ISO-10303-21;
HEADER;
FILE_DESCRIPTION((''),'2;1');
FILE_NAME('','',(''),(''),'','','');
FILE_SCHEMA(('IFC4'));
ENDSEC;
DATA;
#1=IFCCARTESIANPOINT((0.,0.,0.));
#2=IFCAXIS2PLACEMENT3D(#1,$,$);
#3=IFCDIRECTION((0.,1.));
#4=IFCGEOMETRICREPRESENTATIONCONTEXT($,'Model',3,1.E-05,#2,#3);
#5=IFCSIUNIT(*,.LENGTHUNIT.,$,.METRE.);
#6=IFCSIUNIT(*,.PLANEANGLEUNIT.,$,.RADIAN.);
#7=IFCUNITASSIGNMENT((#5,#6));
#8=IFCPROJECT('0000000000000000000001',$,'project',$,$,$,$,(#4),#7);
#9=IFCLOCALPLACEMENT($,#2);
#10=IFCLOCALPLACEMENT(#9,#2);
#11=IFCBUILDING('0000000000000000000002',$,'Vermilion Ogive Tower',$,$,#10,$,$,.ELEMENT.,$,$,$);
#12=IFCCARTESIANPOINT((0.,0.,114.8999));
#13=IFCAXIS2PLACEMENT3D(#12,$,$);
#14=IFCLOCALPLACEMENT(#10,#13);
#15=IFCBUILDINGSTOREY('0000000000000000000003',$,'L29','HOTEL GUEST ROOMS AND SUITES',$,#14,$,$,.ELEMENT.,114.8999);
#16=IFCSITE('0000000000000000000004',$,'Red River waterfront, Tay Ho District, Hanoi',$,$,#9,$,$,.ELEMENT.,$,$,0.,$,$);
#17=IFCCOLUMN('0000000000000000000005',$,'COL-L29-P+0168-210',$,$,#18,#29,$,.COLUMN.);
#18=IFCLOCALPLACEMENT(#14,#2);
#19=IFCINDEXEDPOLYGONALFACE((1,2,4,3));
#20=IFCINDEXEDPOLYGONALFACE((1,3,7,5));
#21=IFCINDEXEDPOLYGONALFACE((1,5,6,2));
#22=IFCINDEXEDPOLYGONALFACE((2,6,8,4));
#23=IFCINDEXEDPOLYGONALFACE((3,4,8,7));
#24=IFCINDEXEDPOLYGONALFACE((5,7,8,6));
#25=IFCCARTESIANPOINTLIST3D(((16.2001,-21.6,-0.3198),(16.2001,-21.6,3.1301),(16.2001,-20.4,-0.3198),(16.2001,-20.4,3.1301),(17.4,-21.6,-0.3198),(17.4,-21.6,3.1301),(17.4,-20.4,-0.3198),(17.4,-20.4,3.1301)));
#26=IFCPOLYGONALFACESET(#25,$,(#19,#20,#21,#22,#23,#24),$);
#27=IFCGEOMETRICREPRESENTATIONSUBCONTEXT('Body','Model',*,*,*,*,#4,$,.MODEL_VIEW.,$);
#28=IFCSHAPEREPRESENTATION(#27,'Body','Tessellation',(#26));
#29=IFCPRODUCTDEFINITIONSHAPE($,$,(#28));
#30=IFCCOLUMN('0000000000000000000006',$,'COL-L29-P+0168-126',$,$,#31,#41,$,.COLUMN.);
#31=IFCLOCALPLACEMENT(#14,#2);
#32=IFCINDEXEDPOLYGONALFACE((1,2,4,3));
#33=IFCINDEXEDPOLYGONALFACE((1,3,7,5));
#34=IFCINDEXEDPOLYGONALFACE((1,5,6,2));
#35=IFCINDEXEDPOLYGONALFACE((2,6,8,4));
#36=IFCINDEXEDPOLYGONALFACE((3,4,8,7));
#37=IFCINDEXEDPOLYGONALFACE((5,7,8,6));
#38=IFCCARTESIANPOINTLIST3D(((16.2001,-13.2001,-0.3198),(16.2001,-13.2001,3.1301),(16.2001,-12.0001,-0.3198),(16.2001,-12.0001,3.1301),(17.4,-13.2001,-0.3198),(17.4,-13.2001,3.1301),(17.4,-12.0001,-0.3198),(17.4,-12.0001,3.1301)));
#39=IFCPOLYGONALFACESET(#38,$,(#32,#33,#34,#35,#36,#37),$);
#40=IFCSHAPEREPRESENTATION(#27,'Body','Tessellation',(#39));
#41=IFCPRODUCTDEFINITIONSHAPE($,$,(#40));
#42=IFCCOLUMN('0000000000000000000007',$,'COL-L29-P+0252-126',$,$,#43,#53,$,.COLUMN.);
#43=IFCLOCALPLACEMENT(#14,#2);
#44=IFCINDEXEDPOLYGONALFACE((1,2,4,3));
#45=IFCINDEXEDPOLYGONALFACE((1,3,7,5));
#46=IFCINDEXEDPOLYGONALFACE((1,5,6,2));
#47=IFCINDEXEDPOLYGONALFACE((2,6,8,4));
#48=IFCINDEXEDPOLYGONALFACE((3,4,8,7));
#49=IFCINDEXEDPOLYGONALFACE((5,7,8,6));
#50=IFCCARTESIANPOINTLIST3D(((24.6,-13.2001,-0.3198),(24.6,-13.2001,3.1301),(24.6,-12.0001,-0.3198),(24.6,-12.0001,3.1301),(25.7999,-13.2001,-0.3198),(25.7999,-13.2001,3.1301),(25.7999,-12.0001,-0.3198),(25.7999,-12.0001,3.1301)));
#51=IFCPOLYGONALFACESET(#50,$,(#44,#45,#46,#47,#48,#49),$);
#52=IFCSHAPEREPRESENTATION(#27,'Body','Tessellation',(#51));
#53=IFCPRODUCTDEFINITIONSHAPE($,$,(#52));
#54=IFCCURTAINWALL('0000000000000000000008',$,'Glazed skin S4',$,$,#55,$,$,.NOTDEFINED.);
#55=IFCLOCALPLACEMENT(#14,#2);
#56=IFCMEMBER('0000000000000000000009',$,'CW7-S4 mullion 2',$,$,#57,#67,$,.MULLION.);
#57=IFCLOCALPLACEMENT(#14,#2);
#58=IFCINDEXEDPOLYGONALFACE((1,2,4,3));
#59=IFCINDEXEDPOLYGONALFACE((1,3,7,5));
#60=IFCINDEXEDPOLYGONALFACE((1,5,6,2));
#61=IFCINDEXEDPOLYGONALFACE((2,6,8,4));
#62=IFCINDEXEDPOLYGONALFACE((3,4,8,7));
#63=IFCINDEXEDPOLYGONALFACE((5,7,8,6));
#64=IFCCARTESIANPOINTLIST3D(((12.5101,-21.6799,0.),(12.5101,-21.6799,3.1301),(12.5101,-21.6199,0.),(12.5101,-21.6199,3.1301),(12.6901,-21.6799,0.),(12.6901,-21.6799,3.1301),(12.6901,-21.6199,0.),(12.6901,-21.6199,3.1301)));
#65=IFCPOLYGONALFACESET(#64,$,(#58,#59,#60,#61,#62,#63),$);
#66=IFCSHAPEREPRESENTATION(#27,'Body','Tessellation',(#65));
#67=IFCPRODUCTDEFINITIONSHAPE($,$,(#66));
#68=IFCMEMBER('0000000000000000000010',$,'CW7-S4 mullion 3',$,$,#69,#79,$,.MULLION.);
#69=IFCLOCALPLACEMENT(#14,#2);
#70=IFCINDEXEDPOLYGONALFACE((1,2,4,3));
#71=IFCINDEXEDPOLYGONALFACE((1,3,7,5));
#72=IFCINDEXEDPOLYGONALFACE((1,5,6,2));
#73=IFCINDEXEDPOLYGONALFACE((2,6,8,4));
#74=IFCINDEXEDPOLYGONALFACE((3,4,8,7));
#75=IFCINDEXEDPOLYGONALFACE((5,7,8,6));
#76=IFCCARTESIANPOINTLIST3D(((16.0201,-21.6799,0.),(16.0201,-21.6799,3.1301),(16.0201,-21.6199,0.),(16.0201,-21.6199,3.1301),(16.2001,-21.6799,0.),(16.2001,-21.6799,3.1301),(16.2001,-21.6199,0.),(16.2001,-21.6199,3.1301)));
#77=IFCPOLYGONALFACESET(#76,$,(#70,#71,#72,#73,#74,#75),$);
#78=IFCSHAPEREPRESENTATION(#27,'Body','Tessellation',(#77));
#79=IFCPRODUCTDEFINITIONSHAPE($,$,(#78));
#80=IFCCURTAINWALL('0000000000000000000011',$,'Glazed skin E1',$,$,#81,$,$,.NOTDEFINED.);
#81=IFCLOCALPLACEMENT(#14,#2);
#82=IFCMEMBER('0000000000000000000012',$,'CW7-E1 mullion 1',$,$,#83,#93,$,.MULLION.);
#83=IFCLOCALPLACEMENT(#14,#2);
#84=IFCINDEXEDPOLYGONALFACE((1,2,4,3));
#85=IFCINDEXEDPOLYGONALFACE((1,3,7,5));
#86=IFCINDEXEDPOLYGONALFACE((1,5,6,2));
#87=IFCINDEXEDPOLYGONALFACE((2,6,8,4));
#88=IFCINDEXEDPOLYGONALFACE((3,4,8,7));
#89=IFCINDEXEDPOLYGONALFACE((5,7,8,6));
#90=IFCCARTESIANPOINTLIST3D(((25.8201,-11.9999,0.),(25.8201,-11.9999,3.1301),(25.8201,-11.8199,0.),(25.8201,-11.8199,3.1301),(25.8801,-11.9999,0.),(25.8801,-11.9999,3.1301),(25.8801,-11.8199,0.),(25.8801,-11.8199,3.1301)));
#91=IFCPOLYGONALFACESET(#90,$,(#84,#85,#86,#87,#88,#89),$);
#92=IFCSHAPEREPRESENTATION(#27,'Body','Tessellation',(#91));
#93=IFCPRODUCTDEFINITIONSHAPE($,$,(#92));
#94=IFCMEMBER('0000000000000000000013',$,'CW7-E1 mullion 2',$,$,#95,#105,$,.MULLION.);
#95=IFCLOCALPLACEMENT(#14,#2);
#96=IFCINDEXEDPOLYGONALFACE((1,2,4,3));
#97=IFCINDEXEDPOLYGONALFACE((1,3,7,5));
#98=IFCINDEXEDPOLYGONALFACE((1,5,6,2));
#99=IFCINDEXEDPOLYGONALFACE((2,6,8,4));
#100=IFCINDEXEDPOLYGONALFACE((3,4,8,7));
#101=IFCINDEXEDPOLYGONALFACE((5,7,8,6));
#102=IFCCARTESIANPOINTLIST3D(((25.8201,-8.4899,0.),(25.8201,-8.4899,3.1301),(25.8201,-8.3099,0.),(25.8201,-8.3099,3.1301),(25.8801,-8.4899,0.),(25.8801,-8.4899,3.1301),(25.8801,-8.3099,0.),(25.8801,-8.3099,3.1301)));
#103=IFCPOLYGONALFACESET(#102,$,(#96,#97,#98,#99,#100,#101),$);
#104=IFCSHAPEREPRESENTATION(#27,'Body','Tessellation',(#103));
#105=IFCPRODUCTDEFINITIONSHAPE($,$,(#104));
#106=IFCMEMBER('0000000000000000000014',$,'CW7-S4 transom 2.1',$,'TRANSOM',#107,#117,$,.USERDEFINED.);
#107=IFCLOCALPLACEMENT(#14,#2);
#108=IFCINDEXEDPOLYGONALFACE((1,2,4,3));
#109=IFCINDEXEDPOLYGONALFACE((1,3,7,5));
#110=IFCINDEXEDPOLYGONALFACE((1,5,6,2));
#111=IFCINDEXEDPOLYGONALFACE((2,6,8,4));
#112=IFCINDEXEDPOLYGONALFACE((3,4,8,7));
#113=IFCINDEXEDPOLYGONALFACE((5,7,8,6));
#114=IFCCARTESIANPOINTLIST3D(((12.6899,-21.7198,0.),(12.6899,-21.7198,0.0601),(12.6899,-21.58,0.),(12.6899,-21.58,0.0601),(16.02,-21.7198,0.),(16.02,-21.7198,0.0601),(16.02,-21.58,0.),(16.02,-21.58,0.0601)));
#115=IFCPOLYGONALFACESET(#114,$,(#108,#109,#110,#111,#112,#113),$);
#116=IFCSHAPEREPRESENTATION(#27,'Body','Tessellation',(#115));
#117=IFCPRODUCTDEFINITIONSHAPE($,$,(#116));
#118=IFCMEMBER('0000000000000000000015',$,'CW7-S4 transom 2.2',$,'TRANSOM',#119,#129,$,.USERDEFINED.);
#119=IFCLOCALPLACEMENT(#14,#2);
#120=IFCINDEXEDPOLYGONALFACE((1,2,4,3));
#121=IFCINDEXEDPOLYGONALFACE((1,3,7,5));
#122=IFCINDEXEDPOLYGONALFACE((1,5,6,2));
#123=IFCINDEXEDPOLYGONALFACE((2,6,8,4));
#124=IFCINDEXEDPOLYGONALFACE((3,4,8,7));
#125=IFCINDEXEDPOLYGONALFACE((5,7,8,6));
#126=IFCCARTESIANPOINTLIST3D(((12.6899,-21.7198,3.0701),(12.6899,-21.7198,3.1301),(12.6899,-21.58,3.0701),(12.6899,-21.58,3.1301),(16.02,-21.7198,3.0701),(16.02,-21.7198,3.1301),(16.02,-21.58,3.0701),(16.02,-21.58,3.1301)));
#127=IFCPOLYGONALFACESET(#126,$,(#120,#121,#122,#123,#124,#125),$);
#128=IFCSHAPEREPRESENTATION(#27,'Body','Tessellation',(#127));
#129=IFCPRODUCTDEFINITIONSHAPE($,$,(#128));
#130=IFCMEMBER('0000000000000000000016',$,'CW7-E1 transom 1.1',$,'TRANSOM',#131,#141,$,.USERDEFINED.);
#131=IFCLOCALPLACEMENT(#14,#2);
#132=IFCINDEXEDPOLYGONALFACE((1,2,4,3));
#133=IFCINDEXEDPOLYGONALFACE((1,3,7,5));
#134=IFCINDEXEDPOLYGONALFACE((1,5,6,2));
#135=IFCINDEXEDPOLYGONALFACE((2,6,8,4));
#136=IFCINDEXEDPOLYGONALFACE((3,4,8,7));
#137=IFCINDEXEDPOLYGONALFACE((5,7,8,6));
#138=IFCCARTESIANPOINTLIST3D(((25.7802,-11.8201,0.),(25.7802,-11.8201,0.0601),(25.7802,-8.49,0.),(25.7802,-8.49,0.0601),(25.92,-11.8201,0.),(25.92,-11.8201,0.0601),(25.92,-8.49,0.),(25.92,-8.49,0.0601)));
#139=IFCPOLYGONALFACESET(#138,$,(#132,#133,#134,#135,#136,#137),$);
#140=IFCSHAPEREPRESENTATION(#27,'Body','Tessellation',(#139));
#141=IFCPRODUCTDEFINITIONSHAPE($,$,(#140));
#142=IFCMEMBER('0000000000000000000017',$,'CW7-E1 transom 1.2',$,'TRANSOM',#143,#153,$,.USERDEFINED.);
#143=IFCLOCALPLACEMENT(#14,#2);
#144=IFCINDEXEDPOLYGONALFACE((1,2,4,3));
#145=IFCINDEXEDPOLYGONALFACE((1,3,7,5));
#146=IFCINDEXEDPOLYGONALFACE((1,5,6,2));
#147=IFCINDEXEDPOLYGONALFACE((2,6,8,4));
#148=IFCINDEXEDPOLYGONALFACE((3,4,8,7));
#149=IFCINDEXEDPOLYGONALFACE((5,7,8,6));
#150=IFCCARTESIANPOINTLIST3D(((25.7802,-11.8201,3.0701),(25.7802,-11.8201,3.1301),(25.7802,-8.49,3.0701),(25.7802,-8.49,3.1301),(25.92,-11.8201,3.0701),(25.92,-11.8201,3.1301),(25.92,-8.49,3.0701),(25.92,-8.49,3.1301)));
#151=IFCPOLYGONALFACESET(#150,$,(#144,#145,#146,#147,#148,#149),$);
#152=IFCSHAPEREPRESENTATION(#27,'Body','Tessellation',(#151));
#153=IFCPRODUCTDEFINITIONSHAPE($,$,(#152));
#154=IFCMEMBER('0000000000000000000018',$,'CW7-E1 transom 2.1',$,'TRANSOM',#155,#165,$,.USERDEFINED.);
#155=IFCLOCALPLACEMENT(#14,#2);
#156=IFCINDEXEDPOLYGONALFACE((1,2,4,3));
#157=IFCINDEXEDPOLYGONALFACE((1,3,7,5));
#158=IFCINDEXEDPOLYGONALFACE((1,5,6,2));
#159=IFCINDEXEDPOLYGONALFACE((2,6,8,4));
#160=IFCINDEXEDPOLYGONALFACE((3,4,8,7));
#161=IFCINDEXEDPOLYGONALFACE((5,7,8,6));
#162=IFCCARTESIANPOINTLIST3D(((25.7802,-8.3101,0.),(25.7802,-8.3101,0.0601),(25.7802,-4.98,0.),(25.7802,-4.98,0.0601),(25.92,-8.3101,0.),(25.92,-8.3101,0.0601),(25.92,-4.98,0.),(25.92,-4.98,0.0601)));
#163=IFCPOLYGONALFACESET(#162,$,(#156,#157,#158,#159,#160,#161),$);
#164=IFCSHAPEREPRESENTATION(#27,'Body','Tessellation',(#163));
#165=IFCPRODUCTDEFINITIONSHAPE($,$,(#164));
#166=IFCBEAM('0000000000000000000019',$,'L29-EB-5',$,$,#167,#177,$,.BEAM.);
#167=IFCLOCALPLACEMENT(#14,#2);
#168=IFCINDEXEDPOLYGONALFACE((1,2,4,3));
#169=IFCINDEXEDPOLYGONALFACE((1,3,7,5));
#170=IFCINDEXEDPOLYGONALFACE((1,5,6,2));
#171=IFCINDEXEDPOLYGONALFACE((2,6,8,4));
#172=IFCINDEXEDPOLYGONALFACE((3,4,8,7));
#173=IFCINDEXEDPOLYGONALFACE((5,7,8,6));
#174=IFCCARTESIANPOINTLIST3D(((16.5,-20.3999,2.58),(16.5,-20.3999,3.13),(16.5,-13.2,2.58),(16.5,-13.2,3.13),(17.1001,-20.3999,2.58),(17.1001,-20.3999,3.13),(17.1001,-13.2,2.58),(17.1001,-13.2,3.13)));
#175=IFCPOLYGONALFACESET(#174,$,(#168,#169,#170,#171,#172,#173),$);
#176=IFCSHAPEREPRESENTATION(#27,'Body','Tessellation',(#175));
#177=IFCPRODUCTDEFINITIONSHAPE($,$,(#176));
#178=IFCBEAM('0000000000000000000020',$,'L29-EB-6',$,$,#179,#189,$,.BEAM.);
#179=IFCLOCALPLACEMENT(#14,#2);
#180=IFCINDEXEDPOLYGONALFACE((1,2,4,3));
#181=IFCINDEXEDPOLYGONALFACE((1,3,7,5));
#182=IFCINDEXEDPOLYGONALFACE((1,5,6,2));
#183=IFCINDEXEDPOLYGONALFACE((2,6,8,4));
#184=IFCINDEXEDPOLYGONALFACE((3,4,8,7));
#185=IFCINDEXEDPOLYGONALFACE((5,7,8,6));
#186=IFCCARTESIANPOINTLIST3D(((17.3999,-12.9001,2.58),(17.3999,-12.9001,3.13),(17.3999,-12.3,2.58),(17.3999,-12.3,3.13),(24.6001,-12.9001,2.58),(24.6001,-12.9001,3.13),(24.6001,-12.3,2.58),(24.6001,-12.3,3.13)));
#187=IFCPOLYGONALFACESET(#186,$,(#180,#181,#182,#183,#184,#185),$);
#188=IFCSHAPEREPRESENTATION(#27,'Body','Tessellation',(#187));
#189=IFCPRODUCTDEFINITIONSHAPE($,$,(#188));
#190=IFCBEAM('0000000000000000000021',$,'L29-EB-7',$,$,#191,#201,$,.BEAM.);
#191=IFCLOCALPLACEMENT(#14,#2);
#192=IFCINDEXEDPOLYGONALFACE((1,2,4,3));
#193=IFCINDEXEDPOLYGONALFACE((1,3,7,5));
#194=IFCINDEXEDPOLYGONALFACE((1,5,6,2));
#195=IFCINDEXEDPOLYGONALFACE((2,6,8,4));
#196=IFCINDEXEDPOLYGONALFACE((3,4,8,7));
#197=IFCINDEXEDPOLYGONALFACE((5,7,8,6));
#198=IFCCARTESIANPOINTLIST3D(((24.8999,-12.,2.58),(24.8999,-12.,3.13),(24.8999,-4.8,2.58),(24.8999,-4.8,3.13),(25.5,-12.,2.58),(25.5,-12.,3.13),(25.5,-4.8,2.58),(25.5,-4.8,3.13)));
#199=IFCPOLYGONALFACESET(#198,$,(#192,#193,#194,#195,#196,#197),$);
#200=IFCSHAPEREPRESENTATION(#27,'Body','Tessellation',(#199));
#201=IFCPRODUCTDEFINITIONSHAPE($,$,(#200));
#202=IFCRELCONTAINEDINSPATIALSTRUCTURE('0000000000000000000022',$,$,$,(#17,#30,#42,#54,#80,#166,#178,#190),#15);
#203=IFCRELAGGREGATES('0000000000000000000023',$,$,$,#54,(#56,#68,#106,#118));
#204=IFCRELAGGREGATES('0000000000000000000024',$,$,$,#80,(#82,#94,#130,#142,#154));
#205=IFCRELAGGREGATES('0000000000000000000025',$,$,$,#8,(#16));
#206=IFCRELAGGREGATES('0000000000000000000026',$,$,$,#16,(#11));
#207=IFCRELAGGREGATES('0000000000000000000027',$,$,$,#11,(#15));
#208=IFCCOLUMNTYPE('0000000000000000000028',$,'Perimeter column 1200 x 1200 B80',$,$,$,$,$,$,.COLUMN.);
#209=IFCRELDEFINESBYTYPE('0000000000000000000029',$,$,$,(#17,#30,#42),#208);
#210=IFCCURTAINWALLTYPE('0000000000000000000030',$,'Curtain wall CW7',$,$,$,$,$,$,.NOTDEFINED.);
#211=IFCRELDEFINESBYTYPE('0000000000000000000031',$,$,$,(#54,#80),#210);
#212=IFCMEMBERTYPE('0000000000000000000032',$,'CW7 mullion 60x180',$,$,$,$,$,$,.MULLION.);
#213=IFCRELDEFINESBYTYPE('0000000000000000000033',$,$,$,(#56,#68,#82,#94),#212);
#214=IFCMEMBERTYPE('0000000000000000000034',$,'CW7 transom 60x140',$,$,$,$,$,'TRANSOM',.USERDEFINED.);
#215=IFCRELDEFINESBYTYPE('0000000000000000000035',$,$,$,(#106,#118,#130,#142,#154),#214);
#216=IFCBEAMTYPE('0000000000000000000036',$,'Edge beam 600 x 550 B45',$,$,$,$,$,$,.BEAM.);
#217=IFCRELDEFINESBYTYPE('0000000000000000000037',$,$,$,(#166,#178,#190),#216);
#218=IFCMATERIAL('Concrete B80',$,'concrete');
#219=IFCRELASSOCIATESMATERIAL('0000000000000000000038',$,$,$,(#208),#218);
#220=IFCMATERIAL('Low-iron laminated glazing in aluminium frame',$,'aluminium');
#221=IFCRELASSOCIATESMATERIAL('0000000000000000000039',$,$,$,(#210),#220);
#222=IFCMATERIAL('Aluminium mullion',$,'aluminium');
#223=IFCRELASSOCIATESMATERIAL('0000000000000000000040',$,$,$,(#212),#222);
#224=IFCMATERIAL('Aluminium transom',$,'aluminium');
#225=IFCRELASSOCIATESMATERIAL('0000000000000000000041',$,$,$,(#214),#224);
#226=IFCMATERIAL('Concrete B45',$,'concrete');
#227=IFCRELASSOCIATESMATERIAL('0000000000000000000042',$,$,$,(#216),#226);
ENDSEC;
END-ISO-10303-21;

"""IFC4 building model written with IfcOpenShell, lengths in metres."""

from ifc_helpers import new_model, si_unit, direction, frame, origin, origin_2d, place, context, subcontext, project, spatial, rectangle, extrude, material, material_profile, profile_set, type_object, element, aggregate, save


model = new_model("IFC4")

# Units and contexts
model_context = context("Model", 3, precision=1e-05, world=origin(), true_north=direction((0.0, 1.0)))
body_context = subcontext(model_context, "Body", "Model", "MODEL_VIEW")
ifc_project = project(units=[si_unit("LENGTHUNIT", "METRE"), si_unit("PLANEANGLEUNIT", "RADIAN")], contexts=[model_context])

# Site, building, storey
site_placement = place(None, origin())
site = spatial("IfcSite", under=ifc_project, at=site_placement, Name="Red River waterfront, Tay Ho District, Hanoi", CompositionType="ELEMENT", RefElevation=0.0)
building_placement = place(site_placement, origin())
building = spatial("IfcBuilding", under=site, at=building_placement, Name="Vermilion Ogive Tower", CompositionType="ELEMENT")
storey_placement = place(building_placement, frame((0.0, 0.0, 114.8999)))
storey = spatial("IfcBuildingStorey", under=building, at=storey_placement, Name="L29", Description="HOTEL GUEST ROOMS AND SUITES", CompositionType="ELEMENT", Elevation=114.8999)

# Columns
ifc_material_1 = material(Name="Concrete B80", Category="concrete")
ifc_material_profile_1 = material_profile(ifc_material_1, rectangle(XDim=1.2, YDim=1.2, at=origin_2d()), Name="1200 x 1200")
ifc_profile_set_1 = profile_set([ifc_material_profile_1], Name="Concrete B80")
column_type = type_object("IfcColumnType", Name="Perimeter column 1200 x 1200 B80", PredefinedType="COLUMN", material=ifc_profile_set_1)
for number, where, z_axis, x_axis, name in (
    (1, (16.8, -21.0, -0.3198), (0.0, 0.0, 1.0), (1.0, 0.0, 0.0), "COL-L29-P+0168-210"),
    (2, (16.8, -12.6001, -0.3198), (0.0, 0.0, 1.0), (1.0, 0.0, 0.0), "COL-L29-P+0168-126"),
    (3, (25.2, -12.6001, -0.3198), (0.0, 0.0, 1.0), (1.0, 0.0, 0.0), "COL-L29-P+0252-126"),
):
    element("IfcColumn", number, at=place(storey_placement, frame(where, z_axis=z_axis, x_axis=x_axis)), inside=storey, type_object=column_type, Name=name, PredefinedType="COLUMN", context=body_context, shape_type="SweptSolid", body=[
        extrude(rectangle(XDim=1.2, YDim=1.2, at=origin_2d()), origin(), (0.0, 0.0, 1.0), 3.45),
    ])

# Curtain walls, members
ifc_material_2 = material(Name="Low-iron laminated glazing in aluminium frame", Category="aluminium")
curtain_wall_type = type_object("IfcCurtainWallType", Name="Curtain wall CW7", PredefinedType="NOTDEFINED", material=ifc_material_2)
curtain_wall_1_placement = place(storey_placement, origin())
curtain_wall_1 = element("IfcCurtainWall", 4, at=curtain_wall_1_placement, inside=storey, type_object=curtain_wall_type, Name="Glazed skin S4", PredefinedType="NOTDEFINED")
ifc_material_3 = material(Name="Aluminium mullion", Category="aluminium")
ifc_material_profile_2 = material_profile(ifc_material_3, rectangle(XDim=0.0601, YDim=0.1799, at=origin_2d()), Name="AL 60x180")
ifc_profile_set_2 = profile_set([ifc_material_profile_2], Name="Aluminium mullion")
member_type_1 = type_object("IfcMemberType", Name="CW7 mullion 60x180", PredefinedType="MULLION", material=ifc_profile_set_2)
member_1_placement = place(storey_placement, frame((12.6001, -21.6499, 0.0), z_axis=(0.0, 0.0, 1.0), x_axis=(0.0, 1.0, 0.0)))
member_1 = element("IfcMember", 5, at=member_1_placement, type_object=member_type_1, Name="CW7-S4 mullion 2", PredefinedType="MULLION", context=body_context, shape_type="SweptSolid", body=[
    extrude(rectangle(XDim=0.0601, YDim=0.1799, at=origin_2d()), origin(), (0.0, 0.0, 1.0), 3.1301),
])
member_2_placement = place(storey_placement, frame((16.1101, -21.6499, 0.0), z_axis=(0.0, 0.0, 1.0), x_axis=(0.0, 1.0, 0.0)))
member_2 = element("IfcMember", 6, at=member_2_placement, type_object=member_type_1, Name="CW7-S4 mullion 3", PredefinedType="MULLION", context=body_context, shape_type="SweptSolid", body=[
    extrude(rectangle(XDim=0.0601, YDim=0.1799, at=origin_2d()), origin(), (0.0, 0.0, 1.0), 3.1301),
])
curtain_wall_2_placement = place(storey_placement, origin())
curtain_wall_2 = element("IfcCurtainWall", 7, at=curtain_wall_2_placement, inside=storey, type_object=curtain_wall_type, Name="Glazed skin E1", PredefinedType="NOTDEFINED")
member_3_placement = place(storey_placement, frame((25.8501, -11.9099, 0.0), z_axis=(0.0, 0.0, 1.0), x_axis=(-1.0, 0.0, 0.0)))
member_3 = element("IfcMember", 8, at=member_3_placement, type_object=member_type_1, Name="CW7-E1 mullion 1", PredefinedType="MULLION", context=body_context, shape_type="SweptSolid", body=[
    extrude(rectangle(XDim=0.0601, YDim=0.1799, at=origin_2d()), origin(), (0.0, 0.0, 1.0), 3.1301),
])
member_4_placement = place(storey_placement, frame((25.8501, -8.3999, 0.0), z_axis=(0.0, 0.0, 1.0), x_axis=(-1.0, 0.0, 0.0)))
member_4 = element("IfcMember", 9, at=member_4_placement, type_object=member_type_1, Name="CW7-E1 mullion 2", PredefinedType="MULLION", context=body_context, shape_type="SweptSolid", body=[
    extrude(rectangle(XDim=0.0601, YDim=0.1799, at=origin_2d()), origin(), (0.0, 0.0, 1.0), 3.1301),
])

# Members
ifc_material_4 = material(Name="Aluminium transom", Category="aluminium")
ifc_material_profile_3 = material_profile(ifc_material_4, rectangle(XDim=0.1399, YDim=0.0601, at=origin_2d()), Name="AL 60x140")
ifc_profile_set_3 = profile_set([ifc_material_profile_3], Name="Aluminium transom")
member_type_2 = type_object("IfcMemberType", Name="CW7 transom 60x140", ElementType="TRANSOM", PredefinedType="USERDEFINED", material=ifc_profile_set_3)
member_5_placement = place(storey_placement, frame((12.6899, -21.6499, 0.03), z_axis=(1.0, 0.0, 0.0), x_axis=(0.0, 1.0, 0.0)))
member_5 = element("IfcMember", 10, at=member_5_placement, type_object=member_type_2, Name="CW7-S4 transom 2.1", ObjectType="TRANSOM", PredefinedType="USERDEFINED", context=body_context, shape_type="SweptSolid", body=[
    extrude(rectangle(XDim=0.1399, YDim=0.0601, at=origin_2d()), origin(), (0.0, 0.0, 1.0), 3.3301),
])
member_6_placement = place(storey_placement, frame((12.6899, -21.6499, 3.1001), z_axis=(1.0, 0.0, 0.0), x_axis=(0.0, 1.0, 0.0)))
member_6 = element("IfcMember", 11, at=member_6_placement, type_object=member_type_2, Name="CW7-S4 transom 2.2", ObjectType="TRANSOM", PredefinedType="USERDEFINED", context=body_context, shape_type="SweptSolid", body=[
    extrude(rectangle(XDim=0.1399, YDim=0.0601, at=origin_2d()), origin(), (0.0, 0.0, 1.0), 3.3301),
])
member_7_placement = place(storey_placement, frame((25.8501, -11.8201, 0.03), z_axis=(0.0, 1.0, 0.0), x_axis=(-1.0, 0.0, 0.0)))
member_7 = element("IfcMember", 12, at=member_7_placement, type_object=member_type_2, Name="CW7-E1 transom 1.1", ObjectType="TRANSOM", PredefinedType="USERDEFINED", context=body_context, shape_type="SweptSolid", body=[
    extrude(rectangle(XDim=0.1399, YDim=0.0601, at=origin_2d()), origin(), (0.0, 0.0, 1.0), 3.3301),
])
member_8_placement = place(storey_placement, frame((25.8501, -11.8201, 3.1001), z_axis=(0.0, 1.0, 0.0), x_axis=(-1.0, 0.0, 0.0)))
member_8 = element("IfcMember", 13, at=member_8_placement, type_object=member_type_2, Name="CW7-E1 transom 1.2", ObjectType="TRANSOM", PredefinedType="USERDEFINED", context=body_context, shape_type="SweptSolid", body=[
    extrude(rectangle(XDim=0.1399, YDim=0.0601, at=origin_2d()), origin(), (0.0, 0.0, 1.0), 3.3301),
])
member_9_placement = place(storey_placement, frame((25.8501, -8.3101, 0.03), z_axis=(0.0, 1.0, 0.0), x_axis=(-1.0, 0.0, 0.0)))
member_9 = element("IfcMember", 14, at=member_9_placement, type_object=member_type_2, Name="CW7-E1 transom 2.1", ObjectType="TRANSOM", PredefinedType="USERDEFINED", context=body_context, shape_type="SweptSolid", body=[
    extrude(rectangle(XDim=0.1399, YDim=0.0601, at=origin_2d()), origin(), (0.0, 0.0, 1.0), 3.3301),
])

# Beams
ifc_material_5 = material(Name="Concrete B45", Category="concrete")
ifc_material_profile_4 = material_profile(ifc_material_5, rectangle(XDim=0.6001, YDim=0.55, at=origin_2d()), Name="600 x 550")
ifc_profile_set_4 = profile_set([ifc_material_profile_4], Name="Concrete B45")
beam_type = type_object("IfcBeamType", Name="Edge beam 600 x 550 B45", PredefinedType="BEAM", material=ifc_profile_set_4)
beam_1_placement = place(storey_placement, frame((16.8, -20.3999, 2.855), z_axis=(0.0, 1.0, 0.0), x_axis=(-1.0, 0.0, 0.0)))
element("IfcBeam", 15, at=beam_1_placement, inside=storey, type_object=beam_type, Name="L29-EB-5", PredefinedType="BEAM", context=body_context, shape_type="SweptSolid", body=[
    extrude(rectangle(XDim=0.6001, YDim=0.55, at=origin_2d()), origin(), (0.0, 0.0, 1.0), 7.2),
])
beam_2_placement = place(storey_placement, frame((17.3999, -12.6001, 2.855), z_axis=(1.0, 0.0, 0.0), x_axis=(0.0, 1.0, 0.0)))
element("IfcBeam", 16, at=beam_2_placement, inside=storey, type_object=beam_type, Name="L29-EB-6", PredefinedType="BEAM", context=body_context, shape_type="SweptSolid", body=[
    extrude(rectangle(XDim=0.6001, YDim=0.55, at=origin_2d()), origin(), (0.0, 0.0, 1.0), 7.2002),
])
beam_3_placement = place(storey_placement, frame((25.2, -12.0, 2.855), z_axis=(0.0, 1.0, 0.0), x_axis=(-1.0, 0.0, 0.0)))
element("IfcBeam", 17, at=beam_3_placement, inside=storey, type_object=beam_type, Name="L29-EB-7", PredefinedType="BEAM", context=body_context, shape_type="SweptSolid", body=[
    extrude(rectangle(XDim=0.6001, YDim=0.55, at=origin_2d()), origin(), (0.0, 0.0, 1.0), 7.2),
])

aggregate(curtain_wall_1, [member_1, member_2, member_5, member_6])
aggregate(curtain_wall_2, [member_3, member_4, member_7, member_8, member_9])

save(model, "model.ifc")
